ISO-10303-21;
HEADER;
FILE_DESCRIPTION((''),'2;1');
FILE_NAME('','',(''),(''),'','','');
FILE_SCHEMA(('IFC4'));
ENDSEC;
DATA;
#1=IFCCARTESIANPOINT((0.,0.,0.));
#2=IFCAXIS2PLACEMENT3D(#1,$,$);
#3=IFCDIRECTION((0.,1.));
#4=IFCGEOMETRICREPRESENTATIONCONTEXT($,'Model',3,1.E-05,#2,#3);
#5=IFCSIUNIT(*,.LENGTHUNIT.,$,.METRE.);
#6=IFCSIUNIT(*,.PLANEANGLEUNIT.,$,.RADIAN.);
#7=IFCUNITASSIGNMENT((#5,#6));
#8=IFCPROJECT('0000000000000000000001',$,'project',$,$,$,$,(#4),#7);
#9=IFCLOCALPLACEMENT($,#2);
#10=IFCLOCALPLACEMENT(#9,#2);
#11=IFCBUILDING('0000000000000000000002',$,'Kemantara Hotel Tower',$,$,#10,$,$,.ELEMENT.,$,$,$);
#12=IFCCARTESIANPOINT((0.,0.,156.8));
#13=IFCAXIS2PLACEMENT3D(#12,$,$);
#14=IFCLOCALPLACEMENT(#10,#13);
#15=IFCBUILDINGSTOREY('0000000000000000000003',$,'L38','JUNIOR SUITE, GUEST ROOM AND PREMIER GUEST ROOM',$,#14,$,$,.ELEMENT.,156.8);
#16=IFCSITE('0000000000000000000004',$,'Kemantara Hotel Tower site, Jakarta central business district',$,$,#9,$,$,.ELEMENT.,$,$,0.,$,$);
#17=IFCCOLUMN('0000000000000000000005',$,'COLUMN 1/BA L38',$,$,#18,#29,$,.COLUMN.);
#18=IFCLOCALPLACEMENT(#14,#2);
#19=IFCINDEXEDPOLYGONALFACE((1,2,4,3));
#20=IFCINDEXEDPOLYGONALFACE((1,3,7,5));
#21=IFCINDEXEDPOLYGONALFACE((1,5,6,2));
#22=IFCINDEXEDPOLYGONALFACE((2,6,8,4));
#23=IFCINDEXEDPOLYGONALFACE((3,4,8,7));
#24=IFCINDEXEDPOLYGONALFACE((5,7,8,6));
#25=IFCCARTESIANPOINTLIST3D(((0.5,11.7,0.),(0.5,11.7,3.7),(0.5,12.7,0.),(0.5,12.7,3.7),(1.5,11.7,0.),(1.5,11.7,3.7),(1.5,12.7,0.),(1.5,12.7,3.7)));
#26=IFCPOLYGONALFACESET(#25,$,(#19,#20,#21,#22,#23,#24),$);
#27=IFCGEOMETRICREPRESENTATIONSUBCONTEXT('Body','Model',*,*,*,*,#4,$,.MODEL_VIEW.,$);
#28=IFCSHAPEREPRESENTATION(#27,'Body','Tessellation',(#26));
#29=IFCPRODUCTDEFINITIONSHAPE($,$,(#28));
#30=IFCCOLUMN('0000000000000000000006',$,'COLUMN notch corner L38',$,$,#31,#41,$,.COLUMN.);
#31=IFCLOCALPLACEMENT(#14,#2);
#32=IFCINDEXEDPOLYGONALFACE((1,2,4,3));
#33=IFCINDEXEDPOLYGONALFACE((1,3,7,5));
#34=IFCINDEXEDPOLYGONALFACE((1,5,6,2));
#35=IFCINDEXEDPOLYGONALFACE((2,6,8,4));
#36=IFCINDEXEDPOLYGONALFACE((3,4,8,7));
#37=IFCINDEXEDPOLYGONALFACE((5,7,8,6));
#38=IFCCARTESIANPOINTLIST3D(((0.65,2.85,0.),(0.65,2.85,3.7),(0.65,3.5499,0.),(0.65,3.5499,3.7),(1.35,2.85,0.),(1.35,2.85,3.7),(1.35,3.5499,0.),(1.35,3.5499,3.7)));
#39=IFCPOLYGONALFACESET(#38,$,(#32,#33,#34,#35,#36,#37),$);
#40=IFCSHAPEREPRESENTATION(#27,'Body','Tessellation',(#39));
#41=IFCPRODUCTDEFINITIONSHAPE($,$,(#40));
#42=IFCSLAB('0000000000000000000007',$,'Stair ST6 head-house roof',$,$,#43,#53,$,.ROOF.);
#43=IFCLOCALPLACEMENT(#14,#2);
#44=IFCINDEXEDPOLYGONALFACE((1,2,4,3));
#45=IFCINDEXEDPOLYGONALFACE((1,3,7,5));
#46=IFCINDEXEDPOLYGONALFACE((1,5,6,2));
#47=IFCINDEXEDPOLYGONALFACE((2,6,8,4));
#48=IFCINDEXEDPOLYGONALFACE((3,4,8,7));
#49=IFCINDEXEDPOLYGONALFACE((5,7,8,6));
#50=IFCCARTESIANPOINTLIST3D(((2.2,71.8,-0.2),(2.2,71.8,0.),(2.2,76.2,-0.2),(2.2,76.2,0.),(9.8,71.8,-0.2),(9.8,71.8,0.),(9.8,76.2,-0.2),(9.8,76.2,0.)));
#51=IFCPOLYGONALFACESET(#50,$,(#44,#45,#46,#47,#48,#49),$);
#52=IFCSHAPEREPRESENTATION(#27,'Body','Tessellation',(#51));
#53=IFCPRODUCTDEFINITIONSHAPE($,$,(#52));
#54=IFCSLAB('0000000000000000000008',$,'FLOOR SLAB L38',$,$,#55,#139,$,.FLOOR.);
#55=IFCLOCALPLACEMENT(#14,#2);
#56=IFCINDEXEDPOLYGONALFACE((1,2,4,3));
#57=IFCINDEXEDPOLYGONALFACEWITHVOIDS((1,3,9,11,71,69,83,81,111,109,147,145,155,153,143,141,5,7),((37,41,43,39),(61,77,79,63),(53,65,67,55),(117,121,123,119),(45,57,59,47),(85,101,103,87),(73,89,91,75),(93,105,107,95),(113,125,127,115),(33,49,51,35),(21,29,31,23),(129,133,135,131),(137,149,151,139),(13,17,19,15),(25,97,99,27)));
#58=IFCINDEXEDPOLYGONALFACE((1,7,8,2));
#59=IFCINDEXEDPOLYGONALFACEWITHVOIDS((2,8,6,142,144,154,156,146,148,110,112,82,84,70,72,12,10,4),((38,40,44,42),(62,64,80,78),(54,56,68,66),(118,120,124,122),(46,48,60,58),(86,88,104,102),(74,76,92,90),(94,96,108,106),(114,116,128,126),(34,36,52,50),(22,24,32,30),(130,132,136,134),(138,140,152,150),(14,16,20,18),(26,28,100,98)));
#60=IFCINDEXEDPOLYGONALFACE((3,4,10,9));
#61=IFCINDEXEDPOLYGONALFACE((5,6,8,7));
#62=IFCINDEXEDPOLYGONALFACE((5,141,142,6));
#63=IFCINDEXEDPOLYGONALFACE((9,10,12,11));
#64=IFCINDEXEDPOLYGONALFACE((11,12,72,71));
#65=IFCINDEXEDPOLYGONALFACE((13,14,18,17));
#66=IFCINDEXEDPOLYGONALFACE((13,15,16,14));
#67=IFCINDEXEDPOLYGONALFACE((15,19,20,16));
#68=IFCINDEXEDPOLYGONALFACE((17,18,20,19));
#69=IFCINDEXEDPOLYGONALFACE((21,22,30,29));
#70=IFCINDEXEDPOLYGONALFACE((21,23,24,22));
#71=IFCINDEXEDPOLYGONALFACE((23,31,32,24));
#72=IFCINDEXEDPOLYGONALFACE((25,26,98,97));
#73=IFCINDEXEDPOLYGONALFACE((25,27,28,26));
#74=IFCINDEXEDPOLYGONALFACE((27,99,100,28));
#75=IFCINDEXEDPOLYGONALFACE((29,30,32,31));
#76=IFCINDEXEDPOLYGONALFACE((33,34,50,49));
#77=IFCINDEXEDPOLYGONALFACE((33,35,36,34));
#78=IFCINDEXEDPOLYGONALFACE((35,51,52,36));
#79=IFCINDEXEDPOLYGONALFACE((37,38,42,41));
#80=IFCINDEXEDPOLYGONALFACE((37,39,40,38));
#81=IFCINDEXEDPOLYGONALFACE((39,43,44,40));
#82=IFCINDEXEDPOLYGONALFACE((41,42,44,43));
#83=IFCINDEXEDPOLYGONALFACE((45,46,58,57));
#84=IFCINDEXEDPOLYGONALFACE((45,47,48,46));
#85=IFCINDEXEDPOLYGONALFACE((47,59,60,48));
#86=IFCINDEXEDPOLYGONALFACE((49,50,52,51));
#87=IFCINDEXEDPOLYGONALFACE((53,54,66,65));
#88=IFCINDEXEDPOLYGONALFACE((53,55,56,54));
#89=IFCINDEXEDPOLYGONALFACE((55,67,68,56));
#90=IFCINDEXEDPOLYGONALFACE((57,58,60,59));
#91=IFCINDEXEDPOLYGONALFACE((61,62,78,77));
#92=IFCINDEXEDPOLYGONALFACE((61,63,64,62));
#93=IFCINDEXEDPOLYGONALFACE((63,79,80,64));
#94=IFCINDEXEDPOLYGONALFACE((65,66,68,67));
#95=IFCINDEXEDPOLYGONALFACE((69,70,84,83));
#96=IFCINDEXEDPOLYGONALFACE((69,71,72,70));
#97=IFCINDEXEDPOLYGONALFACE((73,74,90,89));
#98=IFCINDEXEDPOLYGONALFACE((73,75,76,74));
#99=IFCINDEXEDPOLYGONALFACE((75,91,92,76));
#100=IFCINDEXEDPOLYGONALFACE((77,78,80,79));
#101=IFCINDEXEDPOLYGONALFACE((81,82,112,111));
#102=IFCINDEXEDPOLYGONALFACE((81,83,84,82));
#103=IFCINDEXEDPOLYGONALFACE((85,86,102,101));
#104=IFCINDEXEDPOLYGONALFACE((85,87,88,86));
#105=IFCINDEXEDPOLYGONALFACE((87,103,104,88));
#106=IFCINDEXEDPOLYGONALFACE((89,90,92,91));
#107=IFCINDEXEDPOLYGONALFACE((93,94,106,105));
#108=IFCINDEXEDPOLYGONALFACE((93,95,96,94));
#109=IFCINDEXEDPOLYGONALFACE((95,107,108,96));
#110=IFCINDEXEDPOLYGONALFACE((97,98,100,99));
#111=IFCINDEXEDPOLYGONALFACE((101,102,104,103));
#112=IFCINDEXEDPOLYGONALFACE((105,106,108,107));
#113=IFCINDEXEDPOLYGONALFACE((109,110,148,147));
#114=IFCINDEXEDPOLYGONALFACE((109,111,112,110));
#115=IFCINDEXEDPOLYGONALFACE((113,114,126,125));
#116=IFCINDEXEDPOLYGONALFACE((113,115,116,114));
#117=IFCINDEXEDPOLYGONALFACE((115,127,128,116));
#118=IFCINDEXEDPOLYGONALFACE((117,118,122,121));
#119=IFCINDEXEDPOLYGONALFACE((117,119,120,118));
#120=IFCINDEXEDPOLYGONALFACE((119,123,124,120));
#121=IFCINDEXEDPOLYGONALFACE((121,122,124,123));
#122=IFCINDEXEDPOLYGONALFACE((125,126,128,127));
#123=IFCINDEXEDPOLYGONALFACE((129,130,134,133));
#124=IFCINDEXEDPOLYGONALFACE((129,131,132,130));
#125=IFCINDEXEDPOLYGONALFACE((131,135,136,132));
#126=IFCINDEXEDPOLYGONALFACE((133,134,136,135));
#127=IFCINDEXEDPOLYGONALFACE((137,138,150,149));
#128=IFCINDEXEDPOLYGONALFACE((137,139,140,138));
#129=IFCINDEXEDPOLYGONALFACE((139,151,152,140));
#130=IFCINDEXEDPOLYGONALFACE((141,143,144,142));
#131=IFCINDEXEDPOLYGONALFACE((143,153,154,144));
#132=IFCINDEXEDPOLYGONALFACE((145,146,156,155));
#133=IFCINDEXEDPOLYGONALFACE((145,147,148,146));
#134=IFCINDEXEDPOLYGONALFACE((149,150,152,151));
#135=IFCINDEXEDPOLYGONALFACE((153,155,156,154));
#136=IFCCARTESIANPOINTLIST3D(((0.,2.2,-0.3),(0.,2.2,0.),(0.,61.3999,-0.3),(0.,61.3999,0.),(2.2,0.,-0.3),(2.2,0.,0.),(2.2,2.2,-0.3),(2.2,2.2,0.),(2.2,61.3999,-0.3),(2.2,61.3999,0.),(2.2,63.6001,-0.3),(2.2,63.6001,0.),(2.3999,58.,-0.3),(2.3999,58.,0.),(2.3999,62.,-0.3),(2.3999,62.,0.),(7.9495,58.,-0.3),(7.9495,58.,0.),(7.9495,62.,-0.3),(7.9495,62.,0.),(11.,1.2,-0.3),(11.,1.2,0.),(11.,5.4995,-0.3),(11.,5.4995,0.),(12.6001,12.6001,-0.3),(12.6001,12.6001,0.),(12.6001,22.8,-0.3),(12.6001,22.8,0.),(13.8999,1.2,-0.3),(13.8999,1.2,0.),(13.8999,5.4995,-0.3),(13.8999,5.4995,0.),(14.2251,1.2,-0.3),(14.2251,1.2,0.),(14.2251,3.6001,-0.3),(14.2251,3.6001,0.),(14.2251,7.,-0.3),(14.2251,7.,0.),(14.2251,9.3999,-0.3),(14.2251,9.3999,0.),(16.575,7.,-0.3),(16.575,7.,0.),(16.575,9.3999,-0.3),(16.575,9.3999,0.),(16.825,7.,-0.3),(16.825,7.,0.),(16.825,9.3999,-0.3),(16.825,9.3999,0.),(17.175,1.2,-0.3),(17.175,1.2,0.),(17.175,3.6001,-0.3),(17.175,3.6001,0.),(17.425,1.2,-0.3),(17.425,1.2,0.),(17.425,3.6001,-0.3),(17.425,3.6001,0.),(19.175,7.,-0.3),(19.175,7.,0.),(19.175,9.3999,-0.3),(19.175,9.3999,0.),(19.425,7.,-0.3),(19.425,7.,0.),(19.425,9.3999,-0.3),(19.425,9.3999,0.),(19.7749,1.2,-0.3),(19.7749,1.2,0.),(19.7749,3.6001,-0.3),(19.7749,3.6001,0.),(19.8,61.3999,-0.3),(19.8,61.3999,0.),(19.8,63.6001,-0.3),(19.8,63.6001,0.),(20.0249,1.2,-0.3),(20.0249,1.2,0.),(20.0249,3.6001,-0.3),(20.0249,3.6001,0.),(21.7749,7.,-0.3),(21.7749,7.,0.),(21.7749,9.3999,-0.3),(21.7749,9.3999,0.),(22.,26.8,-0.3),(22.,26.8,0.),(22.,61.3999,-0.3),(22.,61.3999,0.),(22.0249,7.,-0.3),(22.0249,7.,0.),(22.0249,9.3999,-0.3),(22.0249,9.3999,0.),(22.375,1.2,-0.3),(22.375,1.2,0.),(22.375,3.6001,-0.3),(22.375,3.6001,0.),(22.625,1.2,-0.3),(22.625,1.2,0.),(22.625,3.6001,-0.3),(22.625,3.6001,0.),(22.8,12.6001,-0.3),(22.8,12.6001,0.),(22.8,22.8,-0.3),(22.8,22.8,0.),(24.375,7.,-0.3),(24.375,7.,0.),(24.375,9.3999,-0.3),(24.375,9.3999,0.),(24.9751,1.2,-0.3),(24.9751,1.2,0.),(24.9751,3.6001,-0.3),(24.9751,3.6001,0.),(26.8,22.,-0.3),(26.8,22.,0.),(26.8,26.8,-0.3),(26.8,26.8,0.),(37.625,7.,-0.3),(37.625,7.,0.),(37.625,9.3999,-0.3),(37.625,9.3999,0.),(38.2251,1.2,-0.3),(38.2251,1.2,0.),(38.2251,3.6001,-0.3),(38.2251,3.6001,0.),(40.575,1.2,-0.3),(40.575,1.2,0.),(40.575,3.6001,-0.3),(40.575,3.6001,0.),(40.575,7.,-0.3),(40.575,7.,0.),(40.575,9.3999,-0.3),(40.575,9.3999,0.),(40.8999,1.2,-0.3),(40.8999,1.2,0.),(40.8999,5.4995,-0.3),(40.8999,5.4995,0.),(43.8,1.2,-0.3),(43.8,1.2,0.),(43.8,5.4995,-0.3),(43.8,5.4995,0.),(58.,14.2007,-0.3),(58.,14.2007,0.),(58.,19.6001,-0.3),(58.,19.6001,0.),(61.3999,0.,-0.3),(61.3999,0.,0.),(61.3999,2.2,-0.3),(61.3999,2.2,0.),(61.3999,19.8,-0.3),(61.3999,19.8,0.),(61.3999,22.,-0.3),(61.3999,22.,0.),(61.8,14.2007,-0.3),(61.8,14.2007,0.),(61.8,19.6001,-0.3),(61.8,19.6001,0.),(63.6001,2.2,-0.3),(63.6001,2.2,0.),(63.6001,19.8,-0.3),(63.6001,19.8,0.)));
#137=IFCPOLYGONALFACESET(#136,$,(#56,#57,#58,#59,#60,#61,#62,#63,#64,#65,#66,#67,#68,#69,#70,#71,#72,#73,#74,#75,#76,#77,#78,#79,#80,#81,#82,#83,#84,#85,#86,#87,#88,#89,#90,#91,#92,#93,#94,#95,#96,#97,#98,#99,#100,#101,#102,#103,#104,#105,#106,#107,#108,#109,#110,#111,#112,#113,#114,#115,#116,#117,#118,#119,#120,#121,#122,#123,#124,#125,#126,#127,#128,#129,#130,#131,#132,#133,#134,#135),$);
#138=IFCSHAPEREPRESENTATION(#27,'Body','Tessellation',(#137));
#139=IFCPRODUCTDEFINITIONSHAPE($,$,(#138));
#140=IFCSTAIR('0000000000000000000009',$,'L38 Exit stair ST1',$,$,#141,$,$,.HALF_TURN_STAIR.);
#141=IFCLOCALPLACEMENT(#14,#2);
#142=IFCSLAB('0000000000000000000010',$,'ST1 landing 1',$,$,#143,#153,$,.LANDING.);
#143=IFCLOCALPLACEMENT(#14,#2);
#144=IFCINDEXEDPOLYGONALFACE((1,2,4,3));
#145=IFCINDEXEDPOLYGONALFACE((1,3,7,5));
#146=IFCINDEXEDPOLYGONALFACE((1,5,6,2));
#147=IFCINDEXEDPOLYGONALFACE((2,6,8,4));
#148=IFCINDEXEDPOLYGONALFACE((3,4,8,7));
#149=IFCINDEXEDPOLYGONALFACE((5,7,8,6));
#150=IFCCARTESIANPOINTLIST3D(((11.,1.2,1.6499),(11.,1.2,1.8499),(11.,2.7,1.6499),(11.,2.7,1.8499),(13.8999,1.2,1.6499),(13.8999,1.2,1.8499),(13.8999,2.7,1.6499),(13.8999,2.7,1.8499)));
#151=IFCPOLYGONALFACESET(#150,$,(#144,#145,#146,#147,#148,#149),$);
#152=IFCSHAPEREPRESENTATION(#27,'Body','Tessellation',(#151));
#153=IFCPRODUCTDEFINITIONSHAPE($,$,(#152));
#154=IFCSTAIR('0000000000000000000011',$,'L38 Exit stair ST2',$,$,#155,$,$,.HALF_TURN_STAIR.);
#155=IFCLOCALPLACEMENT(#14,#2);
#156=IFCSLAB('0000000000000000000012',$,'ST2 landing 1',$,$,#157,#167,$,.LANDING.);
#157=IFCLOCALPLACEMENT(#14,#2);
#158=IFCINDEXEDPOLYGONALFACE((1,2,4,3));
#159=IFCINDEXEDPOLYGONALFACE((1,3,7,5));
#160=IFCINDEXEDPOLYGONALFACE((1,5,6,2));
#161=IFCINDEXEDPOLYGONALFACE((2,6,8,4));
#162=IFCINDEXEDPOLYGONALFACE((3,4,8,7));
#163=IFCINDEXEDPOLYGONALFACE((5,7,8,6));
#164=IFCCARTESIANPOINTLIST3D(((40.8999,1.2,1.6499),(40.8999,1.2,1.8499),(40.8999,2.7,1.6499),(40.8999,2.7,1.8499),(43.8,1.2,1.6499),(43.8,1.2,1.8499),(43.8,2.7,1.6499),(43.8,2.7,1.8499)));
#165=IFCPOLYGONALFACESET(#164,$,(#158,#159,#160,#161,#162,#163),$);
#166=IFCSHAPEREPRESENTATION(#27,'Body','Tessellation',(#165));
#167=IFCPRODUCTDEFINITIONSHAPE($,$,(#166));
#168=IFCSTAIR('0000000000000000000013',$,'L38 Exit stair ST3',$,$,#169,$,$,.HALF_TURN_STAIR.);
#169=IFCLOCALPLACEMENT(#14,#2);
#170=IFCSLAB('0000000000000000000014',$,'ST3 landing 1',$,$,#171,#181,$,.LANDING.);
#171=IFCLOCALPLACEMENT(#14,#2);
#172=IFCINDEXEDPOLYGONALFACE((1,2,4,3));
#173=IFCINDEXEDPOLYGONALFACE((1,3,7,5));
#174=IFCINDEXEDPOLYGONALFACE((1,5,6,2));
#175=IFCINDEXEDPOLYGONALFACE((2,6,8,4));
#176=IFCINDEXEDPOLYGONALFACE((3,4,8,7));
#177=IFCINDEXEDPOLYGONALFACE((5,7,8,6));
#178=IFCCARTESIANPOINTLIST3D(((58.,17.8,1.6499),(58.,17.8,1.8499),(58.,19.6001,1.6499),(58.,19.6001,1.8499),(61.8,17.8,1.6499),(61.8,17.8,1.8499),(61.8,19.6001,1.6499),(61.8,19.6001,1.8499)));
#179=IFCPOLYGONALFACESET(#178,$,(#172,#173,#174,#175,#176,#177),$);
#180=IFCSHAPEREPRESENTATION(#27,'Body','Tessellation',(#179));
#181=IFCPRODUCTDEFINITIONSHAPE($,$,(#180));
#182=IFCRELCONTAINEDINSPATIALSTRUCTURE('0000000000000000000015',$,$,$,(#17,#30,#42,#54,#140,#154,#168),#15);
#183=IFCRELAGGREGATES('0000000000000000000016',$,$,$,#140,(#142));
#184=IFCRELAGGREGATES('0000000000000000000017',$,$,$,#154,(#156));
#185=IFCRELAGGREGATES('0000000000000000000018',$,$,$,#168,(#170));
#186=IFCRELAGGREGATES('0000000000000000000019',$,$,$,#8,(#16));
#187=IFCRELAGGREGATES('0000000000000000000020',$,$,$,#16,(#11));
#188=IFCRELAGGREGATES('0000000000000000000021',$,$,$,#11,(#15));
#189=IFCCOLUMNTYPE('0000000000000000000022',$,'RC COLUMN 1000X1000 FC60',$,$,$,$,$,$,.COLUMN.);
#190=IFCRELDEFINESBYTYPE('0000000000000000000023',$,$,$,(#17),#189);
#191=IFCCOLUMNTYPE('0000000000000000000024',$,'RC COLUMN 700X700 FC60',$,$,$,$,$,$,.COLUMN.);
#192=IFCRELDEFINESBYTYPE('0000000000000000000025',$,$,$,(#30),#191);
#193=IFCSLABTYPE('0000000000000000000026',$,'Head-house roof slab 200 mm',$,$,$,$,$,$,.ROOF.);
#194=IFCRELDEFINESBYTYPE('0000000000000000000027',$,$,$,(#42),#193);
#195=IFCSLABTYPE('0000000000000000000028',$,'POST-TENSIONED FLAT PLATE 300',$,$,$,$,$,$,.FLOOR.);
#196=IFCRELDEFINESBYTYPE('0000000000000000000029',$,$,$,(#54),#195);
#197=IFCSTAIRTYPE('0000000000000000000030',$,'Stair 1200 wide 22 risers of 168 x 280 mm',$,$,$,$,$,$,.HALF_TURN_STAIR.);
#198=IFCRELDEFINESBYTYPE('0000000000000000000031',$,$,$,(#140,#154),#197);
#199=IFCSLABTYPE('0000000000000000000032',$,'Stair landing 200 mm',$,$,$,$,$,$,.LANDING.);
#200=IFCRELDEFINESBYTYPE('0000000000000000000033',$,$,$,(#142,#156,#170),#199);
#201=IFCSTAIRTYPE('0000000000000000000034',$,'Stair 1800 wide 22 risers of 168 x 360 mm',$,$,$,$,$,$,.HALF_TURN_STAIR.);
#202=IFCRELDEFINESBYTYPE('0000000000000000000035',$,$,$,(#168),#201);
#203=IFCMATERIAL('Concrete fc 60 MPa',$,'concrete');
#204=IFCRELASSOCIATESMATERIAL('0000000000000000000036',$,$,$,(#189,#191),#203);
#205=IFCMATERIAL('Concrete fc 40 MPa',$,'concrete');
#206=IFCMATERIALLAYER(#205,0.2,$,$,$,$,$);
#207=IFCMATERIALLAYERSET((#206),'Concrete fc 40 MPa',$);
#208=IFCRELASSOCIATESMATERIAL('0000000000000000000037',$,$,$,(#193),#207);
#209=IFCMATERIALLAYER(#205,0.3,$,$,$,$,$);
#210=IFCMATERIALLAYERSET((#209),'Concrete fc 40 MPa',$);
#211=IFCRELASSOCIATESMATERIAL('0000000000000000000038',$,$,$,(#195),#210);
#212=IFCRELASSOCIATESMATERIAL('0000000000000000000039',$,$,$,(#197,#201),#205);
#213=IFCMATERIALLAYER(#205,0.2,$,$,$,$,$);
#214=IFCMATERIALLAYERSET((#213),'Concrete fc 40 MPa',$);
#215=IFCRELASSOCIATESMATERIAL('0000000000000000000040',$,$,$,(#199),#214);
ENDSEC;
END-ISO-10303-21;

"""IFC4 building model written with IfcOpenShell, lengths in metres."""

from ifc_helpers import new_model, si_unit, direction, frame, origin, origin_2d, place, context, subcontext, project, spatial, polyline, rectangle, outline, extrude, material, layer, layer_set, material_profile, profile_set, type_object, element, aggregate, save


model = new_model("IFC4")

# Units and contexts
model_context = context("Model", 3, precision=1e-05, world=origin(), true_north=direction((0.0, 1.0)))
body_context = subcontext(model_context, "Body", "Model", "MODEL_VIEW")
ifc_project = project(units=[si_unit("LENGTHUNIT", "METRE"), si_unit("PLANEANGLEUNIT", "RADIAN")], contexts=[model_context])

# Site, building, storey
site_placement = place(None, origin())
site = spatial("IfcSite", under=ifc_project, at=site_placement, Name="Kemantara Hotel Tower site, Jakarta central business district", CompositionType="ELEMENT", RefElevation=0.0)
building_placement = place(site_placement, origin())
building = spatial("IfcBuilding", under=site, at=building_placement, Name="Kemantara Hotel Tower", CompositionType="ELEMENT")
storey_placement = place(building_placement, frame((0.0, 0.0, 156.8)))
storey = spatial("IfcBuildingStorey", under=building, at=storey_placement, Name="L38", Description="JUNIOR SUITE, GUEST ROOM AND PREMIER GUEST ROOM", CompositionType="ELEMENT", Elevation=156.8)

# Columns
ifc_material_1 = material(Name="Concrete fc 60 MPa", Category="concrete")
ifc_material_profile_1 = material_profile(ifc_material_1, rectangle(XDim=1.0, YDim=1.0, at=origin_2d()), Name="RC 1000X1000")
ifc_profile_set_1 = profile_set([ifc_material_profile_1], Name="Concrete fc 60 MPa")
column_type_1 = type_object("IfcColumnType", Name="RC COLUMN 1000X1000 FC60", PredefinedType="COLUMN", material=ifc_profile_set_1)
column_1_placement = place(storey_placement, frame((1.0, 12.2, 0.0), z_axis=(0.0, 0.0, 1.0), x_axis=(1.0, 0.0, 0.0)))
element("IfcColumn", 1, at=column_1_placement, inside=storey, type_object=column_type_1, Name="COLUMN 1/BA L38", PredefinedType="COLUMN", context=body_context, shape_type="SweptSolid", body=[
    extrude(rectangle(XDim=1.0, YDim=1.0, at=origin_2d()), origin(), (0.0, 0.0, 1.0), 3.7),
])
ifc_material_profile_2 = material_profile(ifc_material_1, rectangle(XDim=0.7, YDim=0.7, at=origin_2d()), Name="RC 700X700")
ifc_profile_set_2 = profile_set([ifc_material_profile_2], Name="Concrete fc 60 MPa")
column_type_2 = type_object("IfcColumnType", Name="RC COLUMN 700X700 FC60", PredefinedType="COLUMN", material=ifc_profile_set_2)
column_2_placement = place(storey_placement, frame((1.0, 3.2, 0.0), z_axis=(0.0, 0.0, 1.0), x_axis=(1.0, 0.0, 0.0)))
element("IfcColumn", 2, at=column_2_placement, inside=storey, type_object=column_type_2, Name="COLUMN notch corner L38", PredefinedType="COLUMN", context=body_context, shape_type="SweptSolid", body=[
    extrude(rectangle(XDim=0.7, YDim=0.7, at=origin_2d()), origin(), (0.0, 0.0, 1.0), 3.7),
])

# Slabs
ifc_material_2 = material(Name="Concrete fc 40 MPa", Category="concrete")
ifc_layer_1 = layer(ifc_material_2, 0.2)
ifc_layer_set_1 = layer_set([ifc_layer_1], Name="Concrete fc 40 MPa")
slab_type_1 = type_object("IfcSlabType", Name="Head-house roof slab 200 mm", PredefinedType="ROOF", material=ifc_layer_set_1)
slab_1_placement = place(storey_placement, frame((0.0, 0.0, -0.2)))
element("IfcSlab", 3, at=slab_1_placement, inside=storey, type_object=slab_type_1, Name="Stair ST6 head-house roof", PredefinedType="ROOF", context=body_context, shape_type="SweptSolid", body=[
    extrude(outline(polyline([(2.2, 71.8), (9.8, 71.8), (9.8, 76.2), (2.2, 76.2), (2.2, 71.8)])), origin(), (0.0, 0.0, 1.0), 0.2),
])
ifc_layer_2 = layer(ifc_material_2, 0.3)
ifc_layer_set_2 = layer_set([ifc_layer_2], Name="Concrete fc 40 MPa")
slab_type_2 = type_object("IfcSlabType", Name="POST-TENSIONED FLAT PLATE 300", PredefinedType="FLOOR", material=ifc_layer_set_2)
slab_2_placement = place(storey_placement, frame((0.0, 0.0, -0.3)))
element("IfcSlab", 4, at=slab_2_placement, inside=storey, type_object=slab_type_2, Name="FLOOR SLAB L38", PredefinedType="FLOOR", context=body_context, shape_type="SweptSolid", body=[
    extrude(outline(polyline([(22.0, 26.8), (22.0, 61.3999), (19.8, 61.3999), (19.8, 63.6001), (2.2, 63.6001), (2.2, 61.3999), (0.0, 61.3999), (0.0, 2.2), (2.2, 2.2), (2.2, 0.0), (61.3999, 0.0), (61.3999, 2.2), (63.6001, 2.2), (63.6001, 19.8), (61.3999, 19.8), (61.3999, 22.0), (26.8, 22.0), (26.8, 26.8), (22.0, 26.8)]), holes=[polyline([(17.175, 3.6001), (17.175, 1.2), (14.2251, 1.2), (14.2251, 3.6001), (17.175, 3.6001)]), polyline([(19.7749, 1.2), (17.425, 1.2), (17.425, 3.6001), (19.7749, 3.6001), (19.7749, 1.2)]), polyline([(11.0, 1.2), (11.0, 5.4995), (13.8999, 5.4995), (13.8999, 1.2), (11.0, 1.2)]), polyline([(16.575, 7.0), (14.2251, 7.0), (14.2251, 9.3999), (16.575, 9.3999), (16.575, 7.0)]), polyline([(19.175, 7.0), (16.825, 7.0), (16.825, 9.3999), (19.175, 9.3999), (19.175, 7.0)]), polyline([(21.7749, 7.0), (19.425, 7.0), (19.425, 9.3999), (21.7749, 9.3999), (21.7749, 7.0)]), polyline([(22.8, 12.6001), (12.6001, 12.6001), (12.6001, 22.8), (22.8, 22.8), (22.8, 12.6001)]), polyline([(2.3999, 62.0), (7.9495, 62.0), (7.9495, 58.0), (2.3999, 58.0), (2.3999, 62.0)]), polyline([(22.375, 1.2), (20.0249, 1.2), (20.0249, 3.6001), (22.375, 3.6001), (22.375, 1.2)]), polyline([(24.9751, 1.2), (22.625, 1.2), (22.625, 3.6001), (24.9751, 3.6001), (24.9751, 1.2)]), polyline([(40.575, 1.2), (38.2251, 1.2), (38.2251, 3.6001), (40.575, 3.6001), (40.575, 1.2)]), polyline([(40.8999, 1.2), (40.8999, 5.4995), (43.8, 5.4995), (43.8, 1.2), (40.8999, 1.2)]), polyline([(24.375, 7.0), (22.0249, 7.0), (22.0249, 9.3999), (24.375, 9.3999), (24.375, 7.0)]), polyline([(40.575, 7.0), (37.625, 7.0), (37.625, 9.3999), (40.575, 9.3999), (40.575, 7.0)]), polyline([(61.8, 19.6001), (61.8, 14.2007), (58.0, 14.2007), (58.0, 19.6001), (61.8, 19.6001)])]), origin(), (0.0, 0.0, 1.0), 0.3),
])

# Stairs, slabs
stair_type_1 = type_object("IfcStairType", Name="Stair 1200 wide 22 risers of 168 x 280 mm", PredefinedType="HALF_TURN_STAIR", material=ifc_material_2)
stair_1_placement = place(storey_placement, origin())
stair_1 = element("IfcStair", 5, at=stair_1_placement, inside=storey, type_object=stair_type_1, Name="L38 Exit stair ST1", PredefinedType="HALF_TURN_STAIR")
ifc_layer_3 = layer(ifc_material_2, 0.2)
ifc_layer_set_3 = layer_set([ifc_layer_3], Name="Concrete fc 40 MPa")
slab_type_3 = type_object("IfcSlabType", Name="Stair landing 200 mm", PredefinedType="LANDING", material=ifc_layer_set_3)
slab_3_placement = place(storey_placement, frame((0.0, 0.0, 1.6499)))
slab_3 = element("IfcSlab", 6, at=slab_3_placement, type_object=slab_type_3, Name="ST1 landing 1", PredefinedType="LANDING", context=body_context, shape_type="SweptSolid", body=[
    extrude(outline(polyline([(11.0, 2.7), (11.0, 1.2), (13.8999, 1.2), (13.8999, 2.7), (11.0, 2.7)])), origin(), (0.0, 0.0, 1.0), 0.2),
])
aggregate(stair_1, [slab_3])
stair_2_placement = place(storey_placement, origin())
stair_2 = element("IfcStair", 7, at=stair_2_placement, inside=storey, type_object=stair_type_1, Name="L38 Exit stair ST2", PredefinedType="HALF_TURN_STAIR")
slab_4_placement = place(storey_placement, frame((0.0, 0.0, 1.6499)))
slab_4 = element("IfcSlab", 8, at=slab_4_placement, type_object=slab_type_3, Name="ST2 landing 1", PredefinedType="LANDING", context=body_context, shape_type="SweptSolid", body=[
    extrude(outline(polyline([(40.8999, 2.7), (40.8999, 1.2), (43.8, 1.2), (43.8, 2.7), (40.8999, 2.7)])), origin(), (0.0, 0.0, 1.0), 0.2),
])
aggregate(stair_2, [slab_4])
stair_type_2 = type_object("IfcStairType", Name="Stair 1800 wide 22 risers of 168 x 360 mm", PredefinedType="HALF_TURN_STAIR", material=ifc_material_2)
stair_3_placement = place(storey_placement, origin())
stair_3 = element("IfcStair", 9, at=stair_3_placement, inside=storey, type_object=stair_type_2, Name="L38 Exit stair ST3", PredefinedType="HALF_TURN_STAIR")
slab_5_placement = place(storey_placement, frame((0.0, 0.0, 1.6499)))
slab_5 = element("IfcSlab", 10, at=slab_5_placement, type_object=slab_type_3, Name="ST3 landing 1", PredefinedType="LANDING", context=body_context, shape_type="SweptSolid", body=[
    extrude(outline(polyline([(61.8, 17.8), (61.8, 19.6001), (58.0, 19.6001), (58.0, 17.8), (61.8, 17.8)])), origin(), (0.0, 0.0, 1.0), 0.2),
])
aggregate(stair_3, [slab_5])

save(model, "model.ifc")
